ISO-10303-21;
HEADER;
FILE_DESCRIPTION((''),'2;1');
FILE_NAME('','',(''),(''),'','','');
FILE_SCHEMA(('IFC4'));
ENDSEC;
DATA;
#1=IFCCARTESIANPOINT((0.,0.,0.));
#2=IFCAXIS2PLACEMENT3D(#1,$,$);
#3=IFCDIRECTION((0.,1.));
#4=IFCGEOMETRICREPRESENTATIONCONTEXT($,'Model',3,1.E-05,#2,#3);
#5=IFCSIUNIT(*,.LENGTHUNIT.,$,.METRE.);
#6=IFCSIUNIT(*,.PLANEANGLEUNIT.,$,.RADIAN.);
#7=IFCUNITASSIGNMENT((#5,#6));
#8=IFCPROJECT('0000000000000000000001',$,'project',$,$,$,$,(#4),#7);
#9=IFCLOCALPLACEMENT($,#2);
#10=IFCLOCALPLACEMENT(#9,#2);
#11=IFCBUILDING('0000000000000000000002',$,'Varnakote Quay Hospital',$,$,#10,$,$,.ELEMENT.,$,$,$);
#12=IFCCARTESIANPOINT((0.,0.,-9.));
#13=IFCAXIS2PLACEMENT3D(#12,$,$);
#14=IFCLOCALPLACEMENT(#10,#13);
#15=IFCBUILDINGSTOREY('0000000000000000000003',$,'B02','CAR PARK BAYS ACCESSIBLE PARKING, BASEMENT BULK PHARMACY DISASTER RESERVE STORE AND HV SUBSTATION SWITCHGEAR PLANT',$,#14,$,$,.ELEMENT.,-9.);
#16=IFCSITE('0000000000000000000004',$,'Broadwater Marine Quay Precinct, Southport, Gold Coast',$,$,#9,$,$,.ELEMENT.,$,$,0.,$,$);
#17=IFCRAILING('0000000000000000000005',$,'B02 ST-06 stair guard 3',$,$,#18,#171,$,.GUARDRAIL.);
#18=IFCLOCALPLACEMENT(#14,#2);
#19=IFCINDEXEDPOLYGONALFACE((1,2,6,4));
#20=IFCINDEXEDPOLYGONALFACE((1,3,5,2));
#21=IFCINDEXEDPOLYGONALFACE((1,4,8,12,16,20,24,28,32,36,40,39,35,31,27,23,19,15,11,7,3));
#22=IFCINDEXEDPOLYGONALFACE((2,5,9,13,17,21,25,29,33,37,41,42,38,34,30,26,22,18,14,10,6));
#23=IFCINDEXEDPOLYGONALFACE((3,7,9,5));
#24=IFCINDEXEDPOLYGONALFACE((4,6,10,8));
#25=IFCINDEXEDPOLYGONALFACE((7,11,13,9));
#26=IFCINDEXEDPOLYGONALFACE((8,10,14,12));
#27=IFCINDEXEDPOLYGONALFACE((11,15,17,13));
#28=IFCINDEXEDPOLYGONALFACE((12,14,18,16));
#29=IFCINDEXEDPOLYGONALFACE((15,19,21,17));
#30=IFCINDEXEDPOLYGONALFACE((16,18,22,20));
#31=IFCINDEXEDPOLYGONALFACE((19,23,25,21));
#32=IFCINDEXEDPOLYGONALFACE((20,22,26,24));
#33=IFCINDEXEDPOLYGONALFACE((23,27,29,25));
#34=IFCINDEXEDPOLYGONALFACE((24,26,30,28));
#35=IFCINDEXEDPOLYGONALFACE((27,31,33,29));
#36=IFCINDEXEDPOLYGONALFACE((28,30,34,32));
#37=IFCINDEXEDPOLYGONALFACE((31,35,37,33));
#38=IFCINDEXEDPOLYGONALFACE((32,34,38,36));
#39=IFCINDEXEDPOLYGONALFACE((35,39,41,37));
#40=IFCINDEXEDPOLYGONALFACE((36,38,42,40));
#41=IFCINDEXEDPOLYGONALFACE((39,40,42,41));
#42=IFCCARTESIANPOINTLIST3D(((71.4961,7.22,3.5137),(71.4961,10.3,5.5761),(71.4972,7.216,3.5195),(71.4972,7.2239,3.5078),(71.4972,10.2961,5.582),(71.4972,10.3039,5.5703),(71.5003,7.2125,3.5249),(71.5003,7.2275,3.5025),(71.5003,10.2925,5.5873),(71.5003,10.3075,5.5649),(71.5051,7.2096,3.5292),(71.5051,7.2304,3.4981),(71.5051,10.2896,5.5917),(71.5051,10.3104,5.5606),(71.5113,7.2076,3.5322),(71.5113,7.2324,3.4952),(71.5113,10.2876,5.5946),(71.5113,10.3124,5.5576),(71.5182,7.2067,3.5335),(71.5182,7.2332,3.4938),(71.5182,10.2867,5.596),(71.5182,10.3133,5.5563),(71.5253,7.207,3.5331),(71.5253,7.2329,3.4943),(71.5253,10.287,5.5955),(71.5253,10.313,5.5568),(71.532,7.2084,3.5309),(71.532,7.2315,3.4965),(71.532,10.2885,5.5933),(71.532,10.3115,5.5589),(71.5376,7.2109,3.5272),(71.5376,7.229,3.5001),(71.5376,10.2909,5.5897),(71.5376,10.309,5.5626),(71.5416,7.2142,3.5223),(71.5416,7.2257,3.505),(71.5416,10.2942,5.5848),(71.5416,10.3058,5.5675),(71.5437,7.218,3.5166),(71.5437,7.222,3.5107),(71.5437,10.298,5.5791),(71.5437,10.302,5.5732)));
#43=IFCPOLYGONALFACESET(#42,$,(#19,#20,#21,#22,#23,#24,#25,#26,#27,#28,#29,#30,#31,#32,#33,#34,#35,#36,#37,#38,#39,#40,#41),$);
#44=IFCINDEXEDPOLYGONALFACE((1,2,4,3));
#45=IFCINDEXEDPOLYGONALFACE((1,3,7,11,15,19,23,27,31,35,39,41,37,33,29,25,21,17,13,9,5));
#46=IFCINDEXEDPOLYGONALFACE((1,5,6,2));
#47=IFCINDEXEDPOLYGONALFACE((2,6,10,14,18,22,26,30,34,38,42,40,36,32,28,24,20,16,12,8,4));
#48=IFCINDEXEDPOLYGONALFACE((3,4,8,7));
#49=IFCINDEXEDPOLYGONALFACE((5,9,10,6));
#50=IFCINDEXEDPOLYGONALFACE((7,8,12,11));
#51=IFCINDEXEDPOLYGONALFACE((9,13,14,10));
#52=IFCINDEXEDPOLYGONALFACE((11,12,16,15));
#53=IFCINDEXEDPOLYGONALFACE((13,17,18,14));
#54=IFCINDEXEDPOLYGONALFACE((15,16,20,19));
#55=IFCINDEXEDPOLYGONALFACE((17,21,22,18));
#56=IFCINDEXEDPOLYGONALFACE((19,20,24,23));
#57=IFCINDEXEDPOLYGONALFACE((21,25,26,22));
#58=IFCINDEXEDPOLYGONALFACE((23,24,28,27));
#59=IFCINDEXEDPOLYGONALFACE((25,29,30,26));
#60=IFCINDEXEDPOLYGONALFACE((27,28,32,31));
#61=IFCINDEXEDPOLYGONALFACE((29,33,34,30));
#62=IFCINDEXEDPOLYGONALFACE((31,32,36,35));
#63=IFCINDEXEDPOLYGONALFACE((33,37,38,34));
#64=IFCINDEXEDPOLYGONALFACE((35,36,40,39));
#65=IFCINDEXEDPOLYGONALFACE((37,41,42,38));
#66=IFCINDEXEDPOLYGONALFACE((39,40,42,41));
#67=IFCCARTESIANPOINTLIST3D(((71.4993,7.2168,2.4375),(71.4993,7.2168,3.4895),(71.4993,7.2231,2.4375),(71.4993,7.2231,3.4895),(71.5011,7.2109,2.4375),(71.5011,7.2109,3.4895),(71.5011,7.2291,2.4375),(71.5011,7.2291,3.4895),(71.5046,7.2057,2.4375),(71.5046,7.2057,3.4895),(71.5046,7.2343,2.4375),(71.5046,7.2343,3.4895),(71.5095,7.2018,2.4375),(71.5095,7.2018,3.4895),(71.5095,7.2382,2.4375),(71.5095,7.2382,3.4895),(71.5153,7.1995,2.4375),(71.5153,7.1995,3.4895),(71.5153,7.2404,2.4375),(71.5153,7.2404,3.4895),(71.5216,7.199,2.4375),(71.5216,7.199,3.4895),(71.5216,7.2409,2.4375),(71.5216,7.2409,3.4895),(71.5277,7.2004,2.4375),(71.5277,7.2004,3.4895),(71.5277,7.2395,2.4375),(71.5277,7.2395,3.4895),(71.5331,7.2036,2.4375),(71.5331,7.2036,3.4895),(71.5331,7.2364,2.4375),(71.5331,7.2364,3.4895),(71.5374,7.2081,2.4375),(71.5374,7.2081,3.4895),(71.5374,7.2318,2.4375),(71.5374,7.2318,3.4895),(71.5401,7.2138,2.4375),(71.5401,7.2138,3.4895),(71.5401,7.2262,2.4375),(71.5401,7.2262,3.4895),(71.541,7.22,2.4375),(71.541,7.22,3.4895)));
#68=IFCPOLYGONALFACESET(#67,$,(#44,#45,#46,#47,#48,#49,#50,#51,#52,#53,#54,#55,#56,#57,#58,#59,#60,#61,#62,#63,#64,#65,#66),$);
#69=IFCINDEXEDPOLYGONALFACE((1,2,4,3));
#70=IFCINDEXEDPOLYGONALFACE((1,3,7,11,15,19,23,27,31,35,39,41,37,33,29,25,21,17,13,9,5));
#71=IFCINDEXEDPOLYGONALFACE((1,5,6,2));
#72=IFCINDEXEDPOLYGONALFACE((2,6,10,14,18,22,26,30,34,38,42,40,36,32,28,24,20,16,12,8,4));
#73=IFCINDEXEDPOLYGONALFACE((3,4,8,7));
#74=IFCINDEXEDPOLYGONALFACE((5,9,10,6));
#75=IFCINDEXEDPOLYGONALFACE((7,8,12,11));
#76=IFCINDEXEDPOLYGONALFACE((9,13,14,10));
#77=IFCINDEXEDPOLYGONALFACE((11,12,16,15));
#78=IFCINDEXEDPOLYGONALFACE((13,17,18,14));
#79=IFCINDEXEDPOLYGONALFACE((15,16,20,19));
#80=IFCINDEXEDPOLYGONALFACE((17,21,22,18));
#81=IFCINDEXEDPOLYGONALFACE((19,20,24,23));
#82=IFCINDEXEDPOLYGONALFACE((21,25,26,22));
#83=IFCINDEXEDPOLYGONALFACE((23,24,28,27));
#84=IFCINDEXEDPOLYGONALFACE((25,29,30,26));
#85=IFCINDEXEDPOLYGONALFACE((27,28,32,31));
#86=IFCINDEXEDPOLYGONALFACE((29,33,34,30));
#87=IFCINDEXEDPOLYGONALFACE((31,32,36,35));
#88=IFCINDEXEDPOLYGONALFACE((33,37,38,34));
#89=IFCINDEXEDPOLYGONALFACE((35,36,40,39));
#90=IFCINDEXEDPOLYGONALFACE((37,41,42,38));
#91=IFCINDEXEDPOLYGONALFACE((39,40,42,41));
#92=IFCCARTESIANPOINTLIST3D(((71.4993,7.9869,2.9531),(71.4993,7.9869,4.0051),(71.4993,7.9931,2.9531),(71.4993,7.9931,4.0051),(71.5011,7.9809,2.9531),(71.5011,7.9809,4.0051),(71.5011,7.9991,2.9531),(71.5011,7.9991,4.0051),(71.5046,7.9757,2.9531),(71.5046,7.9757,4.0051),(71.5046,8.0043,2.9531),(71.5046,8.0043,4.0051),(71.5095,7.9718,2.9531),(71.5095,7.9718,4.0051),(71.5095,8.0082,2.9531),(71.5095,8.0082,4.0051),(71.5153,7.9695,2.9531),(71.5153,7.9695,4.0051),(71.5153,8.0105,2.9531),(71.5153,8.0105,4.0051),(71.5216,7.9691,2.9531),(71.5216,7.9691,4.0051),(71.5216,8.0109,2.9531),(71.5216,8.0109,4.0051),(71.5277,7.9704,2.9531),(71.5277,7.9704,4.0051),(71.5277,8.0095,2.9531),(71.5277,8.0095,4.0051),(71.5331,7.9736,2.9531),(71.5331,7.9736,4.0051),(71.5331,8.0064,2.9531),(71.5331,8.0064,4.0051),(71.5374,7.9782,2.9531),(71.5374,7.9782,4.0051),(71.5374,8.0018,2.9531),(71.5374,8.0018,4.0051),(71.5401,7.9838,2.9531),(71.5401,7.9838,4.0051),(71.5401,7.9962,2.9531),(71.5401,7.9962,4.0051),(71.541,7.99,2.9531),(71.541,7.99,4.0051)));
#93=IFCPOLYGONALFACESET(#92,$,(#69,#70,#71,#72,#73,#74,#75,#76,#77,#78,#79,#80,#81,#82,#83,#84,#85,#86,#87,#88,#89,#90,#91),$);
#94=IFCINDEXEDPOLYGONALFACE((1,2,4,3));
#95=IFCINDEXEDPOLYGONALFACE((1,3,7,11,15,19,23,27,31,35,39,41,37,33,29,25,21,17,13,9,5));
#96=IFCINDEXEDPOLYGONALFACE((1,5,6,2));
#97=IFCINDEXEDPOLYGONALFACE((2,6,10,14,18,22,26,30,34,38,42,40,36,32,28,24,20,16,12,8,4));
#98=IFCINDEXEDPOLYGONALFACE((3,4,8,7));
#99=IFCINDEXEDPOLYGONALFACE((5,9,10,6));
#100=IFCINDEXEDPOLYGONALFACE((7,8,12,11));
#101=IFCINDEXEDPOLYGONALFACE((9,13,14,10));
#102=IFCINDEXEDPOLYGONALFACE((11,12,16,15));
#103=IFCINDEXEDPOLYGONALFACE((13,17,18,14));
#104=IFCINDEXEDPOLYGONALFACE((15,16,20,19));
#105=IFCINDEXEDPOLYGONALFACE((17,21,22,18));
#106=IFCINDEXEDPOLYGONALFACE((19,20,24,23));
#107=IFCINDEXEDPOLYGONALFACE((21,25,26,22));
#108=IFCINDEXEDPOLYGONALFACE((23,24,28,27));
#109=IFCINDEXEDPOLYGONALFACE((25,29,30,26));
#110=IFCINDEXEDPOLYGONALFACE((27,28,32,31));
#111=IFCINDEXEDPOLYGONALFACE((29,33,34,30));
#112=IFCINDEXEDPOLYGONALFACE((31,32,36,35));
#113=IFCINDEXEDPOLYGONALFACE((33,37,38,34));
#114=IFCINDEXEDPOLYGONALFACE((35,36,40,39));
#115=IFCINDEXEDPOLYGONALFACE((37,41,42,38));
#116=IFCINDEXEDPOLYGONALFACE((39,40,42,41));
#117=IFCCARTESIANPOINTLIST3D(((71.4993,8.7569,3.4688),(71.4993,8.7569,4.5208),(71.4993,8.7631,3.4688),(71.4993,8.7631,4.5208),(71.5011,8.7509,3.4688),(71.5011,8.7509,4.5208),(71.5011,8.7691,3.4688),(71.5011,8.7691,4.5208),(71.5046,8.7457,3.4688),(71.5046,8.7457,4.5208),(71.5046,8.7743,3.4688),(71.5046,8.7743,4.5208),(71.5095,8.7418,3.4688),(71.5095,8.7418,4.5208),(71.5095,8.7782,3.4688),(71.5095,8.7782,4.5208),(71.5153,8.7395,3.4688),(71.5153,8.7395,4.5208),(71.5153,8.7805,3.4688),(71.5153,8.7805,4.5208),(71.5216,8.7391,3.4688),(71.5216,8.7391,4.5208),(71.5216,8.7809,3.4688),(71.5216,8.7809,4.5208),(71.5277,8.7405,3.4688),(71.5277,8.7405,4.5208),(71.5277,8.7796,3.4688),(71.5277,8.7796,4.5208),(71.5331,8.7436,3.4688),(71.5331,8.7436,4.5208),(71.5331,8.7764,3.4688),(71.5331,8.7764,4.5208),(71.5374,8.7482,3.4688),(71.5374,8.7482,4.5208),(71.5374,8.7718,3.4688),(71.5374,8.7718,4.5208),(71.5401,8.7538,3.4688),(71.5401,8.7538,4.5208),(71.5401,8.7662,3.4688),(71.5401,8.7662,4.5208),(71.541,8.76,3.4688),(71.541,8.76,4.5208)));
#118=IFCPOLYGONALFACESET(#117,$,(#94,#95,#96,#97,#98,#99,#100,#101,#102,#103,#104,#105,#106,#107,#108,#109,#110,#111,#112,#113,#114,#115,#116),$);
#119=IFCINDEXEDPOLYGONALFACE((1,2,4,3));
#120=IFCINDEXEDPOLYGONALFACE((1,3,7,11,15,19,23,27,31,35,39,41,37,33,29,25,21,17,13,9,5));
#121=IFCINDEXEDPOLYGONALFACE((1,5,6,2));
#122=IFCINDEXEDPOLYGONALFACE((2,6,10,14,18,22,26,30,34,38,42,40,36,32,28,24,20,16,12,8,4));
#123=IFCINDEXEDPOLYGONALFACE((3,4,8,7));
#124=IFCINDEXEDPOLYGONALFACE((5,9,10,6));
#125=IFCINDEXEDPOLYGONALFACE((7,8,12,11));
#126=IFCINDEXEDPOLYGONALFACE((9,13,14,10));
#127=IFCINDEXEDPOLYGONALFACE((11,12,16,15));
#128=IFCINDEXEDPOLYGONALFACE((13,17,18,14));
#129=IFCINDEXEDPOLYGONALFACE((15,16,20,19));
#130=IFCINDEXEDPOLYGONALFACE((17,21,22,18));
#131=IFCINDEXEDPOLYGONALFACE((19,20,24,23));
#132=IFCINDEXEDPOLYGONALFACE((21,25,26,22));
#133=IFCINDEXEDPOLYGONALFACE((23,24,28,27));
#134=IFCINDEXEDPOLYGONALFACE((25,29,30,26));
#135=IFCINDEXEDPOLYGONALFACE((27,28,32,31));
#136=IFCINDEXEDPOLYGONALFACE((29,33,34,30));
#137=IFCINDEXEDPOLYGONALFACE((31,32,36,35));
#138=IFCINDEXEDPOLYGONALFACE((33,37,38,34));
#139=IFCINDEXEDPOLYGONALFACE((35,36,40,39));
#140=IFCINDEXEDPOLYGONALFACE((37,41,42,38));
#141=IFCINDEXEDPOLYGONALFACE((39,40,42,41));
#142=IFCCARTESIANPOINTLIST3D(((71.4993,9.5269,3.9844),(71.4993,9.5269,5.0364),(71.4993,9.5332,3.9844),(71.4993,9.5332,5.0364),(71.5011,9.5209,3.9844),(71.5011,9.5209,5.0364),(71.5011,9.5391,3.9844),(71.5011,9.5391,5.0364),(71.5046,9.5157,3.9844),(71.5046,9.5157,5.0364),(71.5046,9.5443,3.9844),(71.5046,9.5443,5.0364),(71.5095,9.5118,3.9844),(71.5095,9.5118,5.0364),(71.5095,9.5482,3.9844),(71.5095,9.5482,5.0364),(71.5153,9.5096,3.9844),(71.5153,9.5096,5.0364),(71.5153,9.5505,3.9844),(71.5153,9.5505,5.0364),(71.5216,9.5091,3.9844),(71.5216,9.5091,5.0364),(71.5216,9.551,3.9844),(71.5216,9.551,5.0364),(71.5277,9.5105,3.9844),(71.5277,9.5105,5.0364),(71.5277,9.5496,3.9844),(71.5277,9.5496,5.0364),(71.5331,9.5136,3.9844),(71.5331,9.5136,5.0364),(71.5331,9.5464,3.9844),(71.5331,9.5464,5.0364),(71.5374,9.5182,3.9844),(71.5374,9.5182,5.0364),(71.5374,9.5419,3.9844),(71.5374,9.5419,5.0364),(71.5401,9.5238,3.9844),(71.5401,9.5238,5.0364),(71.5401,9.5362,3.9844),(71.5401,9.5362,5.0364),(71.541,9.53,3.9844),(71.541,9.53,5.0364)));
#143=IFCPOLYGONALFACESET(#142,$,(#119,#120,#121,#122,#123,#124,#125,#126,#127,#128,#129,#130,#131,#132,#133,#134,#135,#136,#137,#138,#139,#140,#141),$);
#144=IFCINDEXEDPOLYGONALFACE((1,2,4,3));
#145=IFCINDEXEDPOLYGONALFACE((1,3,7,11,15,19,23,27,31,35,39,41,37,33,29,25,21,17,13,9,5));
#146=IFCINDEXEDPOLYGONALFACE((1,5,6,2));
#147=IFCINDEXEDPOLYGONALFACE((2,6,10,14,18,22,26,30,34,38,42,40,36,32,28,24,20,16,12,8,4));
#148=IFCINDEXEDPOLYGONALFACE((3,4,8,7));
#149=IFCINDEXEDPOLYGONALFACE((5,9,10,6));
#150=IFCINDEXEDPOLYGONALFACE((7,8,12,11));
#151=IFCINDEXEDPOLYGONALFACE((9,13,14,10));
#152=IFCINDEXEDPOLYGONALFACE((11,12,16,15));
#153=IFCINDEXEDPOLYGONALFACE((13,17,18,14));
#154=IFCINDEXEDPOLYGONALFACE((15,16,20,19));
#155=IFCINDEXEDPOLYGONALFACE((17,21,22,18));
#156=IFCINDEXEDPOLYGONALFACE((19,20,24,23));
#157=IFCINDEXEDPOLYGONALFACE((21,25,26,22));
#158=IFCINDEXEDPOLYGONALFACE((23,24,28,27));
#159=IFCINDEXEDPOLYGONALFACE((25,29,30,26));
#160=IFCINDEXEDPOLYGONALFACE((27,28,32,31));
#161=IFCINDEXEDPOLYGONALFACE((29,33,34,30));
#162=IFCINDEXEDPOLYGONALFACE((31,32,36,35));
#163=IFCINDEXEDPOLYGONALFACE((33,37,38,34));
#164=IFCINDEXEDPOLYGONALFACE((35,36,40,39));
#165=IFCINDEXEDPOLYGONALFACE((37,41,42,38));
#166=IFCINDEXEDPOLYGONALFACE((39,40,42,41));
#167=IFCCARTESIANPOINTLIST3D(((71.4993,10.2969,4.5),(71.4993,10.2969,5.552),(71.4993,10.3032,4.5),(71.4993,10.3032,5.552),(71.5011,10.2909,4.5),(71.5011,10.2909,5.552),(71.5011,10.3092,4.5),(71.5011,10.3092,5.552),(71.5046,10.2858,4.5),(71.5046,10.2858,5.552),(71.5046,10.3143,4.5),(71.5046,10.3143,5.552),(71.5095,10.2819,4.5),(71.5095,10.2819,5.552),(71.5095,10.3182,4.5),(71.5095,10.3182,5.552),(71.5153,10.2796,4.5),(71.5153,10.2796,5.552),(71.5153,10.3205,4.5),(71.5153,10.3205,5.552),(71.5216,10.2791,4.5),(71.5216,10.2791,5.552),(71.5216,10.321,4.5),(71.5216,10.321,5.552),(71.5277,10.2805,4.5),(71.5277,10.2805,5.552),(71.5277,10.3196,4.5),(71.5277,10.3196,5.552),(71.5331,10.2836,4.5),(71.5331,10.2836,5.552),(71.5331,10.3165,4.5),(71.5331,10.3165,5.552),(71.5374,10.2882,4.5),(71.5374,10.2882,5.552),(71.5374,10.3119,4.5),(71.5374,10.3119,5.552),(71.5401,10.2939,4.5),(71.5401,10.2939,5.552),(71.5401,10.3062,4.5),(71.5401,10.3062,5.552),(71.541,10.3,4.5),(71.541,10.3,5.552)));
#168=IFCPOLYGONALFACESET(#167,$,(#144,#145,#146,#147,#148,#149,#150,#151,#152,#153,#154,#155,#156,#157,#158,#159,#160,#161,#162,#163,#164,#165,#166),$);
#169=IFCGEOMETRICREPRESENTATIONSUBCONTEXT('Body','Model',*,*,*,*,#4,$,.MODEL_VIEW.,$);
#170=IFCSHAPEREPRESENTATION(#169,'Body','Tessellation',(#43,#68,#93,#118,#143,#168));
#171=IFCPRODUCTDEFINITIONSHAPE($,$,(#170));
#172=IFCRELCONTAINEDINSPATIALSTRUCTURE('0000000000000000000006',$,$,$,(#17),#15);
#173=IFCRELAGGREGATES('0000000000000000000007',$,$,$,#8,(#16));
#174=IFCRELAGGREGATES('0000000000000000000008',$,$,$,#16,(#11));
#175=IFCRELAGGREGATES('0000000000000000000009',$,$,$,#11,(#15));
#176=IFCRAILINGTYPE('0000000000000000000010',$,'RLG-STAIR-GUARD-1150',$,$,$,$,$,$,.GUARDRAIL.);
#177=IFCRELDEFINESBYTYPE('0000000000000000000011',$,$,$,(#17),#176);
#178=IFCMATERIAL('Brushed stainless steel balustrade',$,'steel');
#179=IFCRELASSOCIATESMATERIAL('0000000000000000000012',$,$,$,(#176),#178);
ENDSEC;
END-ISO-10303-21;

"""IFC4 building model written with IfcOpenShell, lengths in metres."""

from ifc_helpers import new_model, si_unit, direction, frame, origin, origin_2d, place, context, subcontext, project, spatial, circle, extrude, material, type_object, element, save


model = new_model("IFC4")

# Units and contexts
model_context = context("Model", 3, precision=1e-05, world=origin(), true_north=direction((0.0, 1.0)))
body_context = subcontext(model_context, "Body", "Model", "MODEL_VIEW")
ifc_project = project(units=[si_unit("LENGTHUNIT", "METRE"), si_unit("PLANEANGLEUNIT", "RADIAN")], contexts=[model_context])

# Site, building, storey
site_placement = place(None, origin())
site = spatial("IfcSite", under=ifc_project, at=site_placement, Name="Broadwater Marine Quay Precinct, Southport, Gold Coast", CompositionType="ELEMENT", RefElevation=0.0)
building_placement = place(site_placement, origin())
building = spatial("IfcBuilding", under=site, at=building_placement, Name="Varnakote Quay Hospital", CompositionType="ELEMENT")
storey_placement = place(building_placement, frame((0.0, 0.0, -9.0)))
storey = spatial("IfcBuildingStorey", under=building, at=storey_placement, Name="B02", Description="CAR PARK BAYS ACCESSIBLE PARKING, BASEMENT BULK PHARMACY DISASTER RESERVE STORE AND HV SUBSTATION SWITCHGEAR PLANT", CompositionType="ELEMENT", Elevation=-9.0)

# Railing
ifc_material_1 = material(Name="Brushed stainless steel balustrade", Category="steel")
railing_type_1 = type_object("IfcRailingType", Name="RLG-STAIR-GUARD-1150", PredefinedType="GUARDRAIL", material=ifc_material_1)
railing_1_placement = place(storey_placement, frame((71.52, 7.22, 2.4375)))
element("IfcRailing", 1, at=railing_1_placement, inside=storey, type_object=railing_type_1, Name="B02 ST-06 stair guard 3", PredefinedType="GUARDRAIL", context=body_context, shape_type="SweptSolid", body=[
    extrude(circle(Radius=0.0239, at=origin_2d()), frame((0.0, 0.0, 1.0762), z_axis=(0.0, 0.830914, 0.556401), x_axis=(-1.0, 0.0, 0.0)), (0.0, 0.0, 1.0), 3.7068),
    extrude(circle(Radius=0.021, at=origin_2d()), origin(), (0.0, 0.0, 1.0), 1.052),
    extrude(circle(Radius=0.021, at=origin_2d()), frame((0.0, 0.77, 0.5156)), (0.0, 0.0, 1.0), 1.052),
    extrude(circle(Radius=0.021, at=origin_2d()), frame((0.0, 1.54, 1.0312)), (0.0, 0.0, 1.0), 1.052),
    extrude(circle(Radius=0.021, at=origin_2d()), frame((0.0, 2.3101, 1.5469)), (0.0, 0.0, 1.0), 1.052),
    extrude(circle(Radius=0.021, at=origin_2d()), frame((0.0, 3.0801, 2.0625)), (0.0, 0.0, 1.0), 1.052),
])

save(model, "model.ifc")
